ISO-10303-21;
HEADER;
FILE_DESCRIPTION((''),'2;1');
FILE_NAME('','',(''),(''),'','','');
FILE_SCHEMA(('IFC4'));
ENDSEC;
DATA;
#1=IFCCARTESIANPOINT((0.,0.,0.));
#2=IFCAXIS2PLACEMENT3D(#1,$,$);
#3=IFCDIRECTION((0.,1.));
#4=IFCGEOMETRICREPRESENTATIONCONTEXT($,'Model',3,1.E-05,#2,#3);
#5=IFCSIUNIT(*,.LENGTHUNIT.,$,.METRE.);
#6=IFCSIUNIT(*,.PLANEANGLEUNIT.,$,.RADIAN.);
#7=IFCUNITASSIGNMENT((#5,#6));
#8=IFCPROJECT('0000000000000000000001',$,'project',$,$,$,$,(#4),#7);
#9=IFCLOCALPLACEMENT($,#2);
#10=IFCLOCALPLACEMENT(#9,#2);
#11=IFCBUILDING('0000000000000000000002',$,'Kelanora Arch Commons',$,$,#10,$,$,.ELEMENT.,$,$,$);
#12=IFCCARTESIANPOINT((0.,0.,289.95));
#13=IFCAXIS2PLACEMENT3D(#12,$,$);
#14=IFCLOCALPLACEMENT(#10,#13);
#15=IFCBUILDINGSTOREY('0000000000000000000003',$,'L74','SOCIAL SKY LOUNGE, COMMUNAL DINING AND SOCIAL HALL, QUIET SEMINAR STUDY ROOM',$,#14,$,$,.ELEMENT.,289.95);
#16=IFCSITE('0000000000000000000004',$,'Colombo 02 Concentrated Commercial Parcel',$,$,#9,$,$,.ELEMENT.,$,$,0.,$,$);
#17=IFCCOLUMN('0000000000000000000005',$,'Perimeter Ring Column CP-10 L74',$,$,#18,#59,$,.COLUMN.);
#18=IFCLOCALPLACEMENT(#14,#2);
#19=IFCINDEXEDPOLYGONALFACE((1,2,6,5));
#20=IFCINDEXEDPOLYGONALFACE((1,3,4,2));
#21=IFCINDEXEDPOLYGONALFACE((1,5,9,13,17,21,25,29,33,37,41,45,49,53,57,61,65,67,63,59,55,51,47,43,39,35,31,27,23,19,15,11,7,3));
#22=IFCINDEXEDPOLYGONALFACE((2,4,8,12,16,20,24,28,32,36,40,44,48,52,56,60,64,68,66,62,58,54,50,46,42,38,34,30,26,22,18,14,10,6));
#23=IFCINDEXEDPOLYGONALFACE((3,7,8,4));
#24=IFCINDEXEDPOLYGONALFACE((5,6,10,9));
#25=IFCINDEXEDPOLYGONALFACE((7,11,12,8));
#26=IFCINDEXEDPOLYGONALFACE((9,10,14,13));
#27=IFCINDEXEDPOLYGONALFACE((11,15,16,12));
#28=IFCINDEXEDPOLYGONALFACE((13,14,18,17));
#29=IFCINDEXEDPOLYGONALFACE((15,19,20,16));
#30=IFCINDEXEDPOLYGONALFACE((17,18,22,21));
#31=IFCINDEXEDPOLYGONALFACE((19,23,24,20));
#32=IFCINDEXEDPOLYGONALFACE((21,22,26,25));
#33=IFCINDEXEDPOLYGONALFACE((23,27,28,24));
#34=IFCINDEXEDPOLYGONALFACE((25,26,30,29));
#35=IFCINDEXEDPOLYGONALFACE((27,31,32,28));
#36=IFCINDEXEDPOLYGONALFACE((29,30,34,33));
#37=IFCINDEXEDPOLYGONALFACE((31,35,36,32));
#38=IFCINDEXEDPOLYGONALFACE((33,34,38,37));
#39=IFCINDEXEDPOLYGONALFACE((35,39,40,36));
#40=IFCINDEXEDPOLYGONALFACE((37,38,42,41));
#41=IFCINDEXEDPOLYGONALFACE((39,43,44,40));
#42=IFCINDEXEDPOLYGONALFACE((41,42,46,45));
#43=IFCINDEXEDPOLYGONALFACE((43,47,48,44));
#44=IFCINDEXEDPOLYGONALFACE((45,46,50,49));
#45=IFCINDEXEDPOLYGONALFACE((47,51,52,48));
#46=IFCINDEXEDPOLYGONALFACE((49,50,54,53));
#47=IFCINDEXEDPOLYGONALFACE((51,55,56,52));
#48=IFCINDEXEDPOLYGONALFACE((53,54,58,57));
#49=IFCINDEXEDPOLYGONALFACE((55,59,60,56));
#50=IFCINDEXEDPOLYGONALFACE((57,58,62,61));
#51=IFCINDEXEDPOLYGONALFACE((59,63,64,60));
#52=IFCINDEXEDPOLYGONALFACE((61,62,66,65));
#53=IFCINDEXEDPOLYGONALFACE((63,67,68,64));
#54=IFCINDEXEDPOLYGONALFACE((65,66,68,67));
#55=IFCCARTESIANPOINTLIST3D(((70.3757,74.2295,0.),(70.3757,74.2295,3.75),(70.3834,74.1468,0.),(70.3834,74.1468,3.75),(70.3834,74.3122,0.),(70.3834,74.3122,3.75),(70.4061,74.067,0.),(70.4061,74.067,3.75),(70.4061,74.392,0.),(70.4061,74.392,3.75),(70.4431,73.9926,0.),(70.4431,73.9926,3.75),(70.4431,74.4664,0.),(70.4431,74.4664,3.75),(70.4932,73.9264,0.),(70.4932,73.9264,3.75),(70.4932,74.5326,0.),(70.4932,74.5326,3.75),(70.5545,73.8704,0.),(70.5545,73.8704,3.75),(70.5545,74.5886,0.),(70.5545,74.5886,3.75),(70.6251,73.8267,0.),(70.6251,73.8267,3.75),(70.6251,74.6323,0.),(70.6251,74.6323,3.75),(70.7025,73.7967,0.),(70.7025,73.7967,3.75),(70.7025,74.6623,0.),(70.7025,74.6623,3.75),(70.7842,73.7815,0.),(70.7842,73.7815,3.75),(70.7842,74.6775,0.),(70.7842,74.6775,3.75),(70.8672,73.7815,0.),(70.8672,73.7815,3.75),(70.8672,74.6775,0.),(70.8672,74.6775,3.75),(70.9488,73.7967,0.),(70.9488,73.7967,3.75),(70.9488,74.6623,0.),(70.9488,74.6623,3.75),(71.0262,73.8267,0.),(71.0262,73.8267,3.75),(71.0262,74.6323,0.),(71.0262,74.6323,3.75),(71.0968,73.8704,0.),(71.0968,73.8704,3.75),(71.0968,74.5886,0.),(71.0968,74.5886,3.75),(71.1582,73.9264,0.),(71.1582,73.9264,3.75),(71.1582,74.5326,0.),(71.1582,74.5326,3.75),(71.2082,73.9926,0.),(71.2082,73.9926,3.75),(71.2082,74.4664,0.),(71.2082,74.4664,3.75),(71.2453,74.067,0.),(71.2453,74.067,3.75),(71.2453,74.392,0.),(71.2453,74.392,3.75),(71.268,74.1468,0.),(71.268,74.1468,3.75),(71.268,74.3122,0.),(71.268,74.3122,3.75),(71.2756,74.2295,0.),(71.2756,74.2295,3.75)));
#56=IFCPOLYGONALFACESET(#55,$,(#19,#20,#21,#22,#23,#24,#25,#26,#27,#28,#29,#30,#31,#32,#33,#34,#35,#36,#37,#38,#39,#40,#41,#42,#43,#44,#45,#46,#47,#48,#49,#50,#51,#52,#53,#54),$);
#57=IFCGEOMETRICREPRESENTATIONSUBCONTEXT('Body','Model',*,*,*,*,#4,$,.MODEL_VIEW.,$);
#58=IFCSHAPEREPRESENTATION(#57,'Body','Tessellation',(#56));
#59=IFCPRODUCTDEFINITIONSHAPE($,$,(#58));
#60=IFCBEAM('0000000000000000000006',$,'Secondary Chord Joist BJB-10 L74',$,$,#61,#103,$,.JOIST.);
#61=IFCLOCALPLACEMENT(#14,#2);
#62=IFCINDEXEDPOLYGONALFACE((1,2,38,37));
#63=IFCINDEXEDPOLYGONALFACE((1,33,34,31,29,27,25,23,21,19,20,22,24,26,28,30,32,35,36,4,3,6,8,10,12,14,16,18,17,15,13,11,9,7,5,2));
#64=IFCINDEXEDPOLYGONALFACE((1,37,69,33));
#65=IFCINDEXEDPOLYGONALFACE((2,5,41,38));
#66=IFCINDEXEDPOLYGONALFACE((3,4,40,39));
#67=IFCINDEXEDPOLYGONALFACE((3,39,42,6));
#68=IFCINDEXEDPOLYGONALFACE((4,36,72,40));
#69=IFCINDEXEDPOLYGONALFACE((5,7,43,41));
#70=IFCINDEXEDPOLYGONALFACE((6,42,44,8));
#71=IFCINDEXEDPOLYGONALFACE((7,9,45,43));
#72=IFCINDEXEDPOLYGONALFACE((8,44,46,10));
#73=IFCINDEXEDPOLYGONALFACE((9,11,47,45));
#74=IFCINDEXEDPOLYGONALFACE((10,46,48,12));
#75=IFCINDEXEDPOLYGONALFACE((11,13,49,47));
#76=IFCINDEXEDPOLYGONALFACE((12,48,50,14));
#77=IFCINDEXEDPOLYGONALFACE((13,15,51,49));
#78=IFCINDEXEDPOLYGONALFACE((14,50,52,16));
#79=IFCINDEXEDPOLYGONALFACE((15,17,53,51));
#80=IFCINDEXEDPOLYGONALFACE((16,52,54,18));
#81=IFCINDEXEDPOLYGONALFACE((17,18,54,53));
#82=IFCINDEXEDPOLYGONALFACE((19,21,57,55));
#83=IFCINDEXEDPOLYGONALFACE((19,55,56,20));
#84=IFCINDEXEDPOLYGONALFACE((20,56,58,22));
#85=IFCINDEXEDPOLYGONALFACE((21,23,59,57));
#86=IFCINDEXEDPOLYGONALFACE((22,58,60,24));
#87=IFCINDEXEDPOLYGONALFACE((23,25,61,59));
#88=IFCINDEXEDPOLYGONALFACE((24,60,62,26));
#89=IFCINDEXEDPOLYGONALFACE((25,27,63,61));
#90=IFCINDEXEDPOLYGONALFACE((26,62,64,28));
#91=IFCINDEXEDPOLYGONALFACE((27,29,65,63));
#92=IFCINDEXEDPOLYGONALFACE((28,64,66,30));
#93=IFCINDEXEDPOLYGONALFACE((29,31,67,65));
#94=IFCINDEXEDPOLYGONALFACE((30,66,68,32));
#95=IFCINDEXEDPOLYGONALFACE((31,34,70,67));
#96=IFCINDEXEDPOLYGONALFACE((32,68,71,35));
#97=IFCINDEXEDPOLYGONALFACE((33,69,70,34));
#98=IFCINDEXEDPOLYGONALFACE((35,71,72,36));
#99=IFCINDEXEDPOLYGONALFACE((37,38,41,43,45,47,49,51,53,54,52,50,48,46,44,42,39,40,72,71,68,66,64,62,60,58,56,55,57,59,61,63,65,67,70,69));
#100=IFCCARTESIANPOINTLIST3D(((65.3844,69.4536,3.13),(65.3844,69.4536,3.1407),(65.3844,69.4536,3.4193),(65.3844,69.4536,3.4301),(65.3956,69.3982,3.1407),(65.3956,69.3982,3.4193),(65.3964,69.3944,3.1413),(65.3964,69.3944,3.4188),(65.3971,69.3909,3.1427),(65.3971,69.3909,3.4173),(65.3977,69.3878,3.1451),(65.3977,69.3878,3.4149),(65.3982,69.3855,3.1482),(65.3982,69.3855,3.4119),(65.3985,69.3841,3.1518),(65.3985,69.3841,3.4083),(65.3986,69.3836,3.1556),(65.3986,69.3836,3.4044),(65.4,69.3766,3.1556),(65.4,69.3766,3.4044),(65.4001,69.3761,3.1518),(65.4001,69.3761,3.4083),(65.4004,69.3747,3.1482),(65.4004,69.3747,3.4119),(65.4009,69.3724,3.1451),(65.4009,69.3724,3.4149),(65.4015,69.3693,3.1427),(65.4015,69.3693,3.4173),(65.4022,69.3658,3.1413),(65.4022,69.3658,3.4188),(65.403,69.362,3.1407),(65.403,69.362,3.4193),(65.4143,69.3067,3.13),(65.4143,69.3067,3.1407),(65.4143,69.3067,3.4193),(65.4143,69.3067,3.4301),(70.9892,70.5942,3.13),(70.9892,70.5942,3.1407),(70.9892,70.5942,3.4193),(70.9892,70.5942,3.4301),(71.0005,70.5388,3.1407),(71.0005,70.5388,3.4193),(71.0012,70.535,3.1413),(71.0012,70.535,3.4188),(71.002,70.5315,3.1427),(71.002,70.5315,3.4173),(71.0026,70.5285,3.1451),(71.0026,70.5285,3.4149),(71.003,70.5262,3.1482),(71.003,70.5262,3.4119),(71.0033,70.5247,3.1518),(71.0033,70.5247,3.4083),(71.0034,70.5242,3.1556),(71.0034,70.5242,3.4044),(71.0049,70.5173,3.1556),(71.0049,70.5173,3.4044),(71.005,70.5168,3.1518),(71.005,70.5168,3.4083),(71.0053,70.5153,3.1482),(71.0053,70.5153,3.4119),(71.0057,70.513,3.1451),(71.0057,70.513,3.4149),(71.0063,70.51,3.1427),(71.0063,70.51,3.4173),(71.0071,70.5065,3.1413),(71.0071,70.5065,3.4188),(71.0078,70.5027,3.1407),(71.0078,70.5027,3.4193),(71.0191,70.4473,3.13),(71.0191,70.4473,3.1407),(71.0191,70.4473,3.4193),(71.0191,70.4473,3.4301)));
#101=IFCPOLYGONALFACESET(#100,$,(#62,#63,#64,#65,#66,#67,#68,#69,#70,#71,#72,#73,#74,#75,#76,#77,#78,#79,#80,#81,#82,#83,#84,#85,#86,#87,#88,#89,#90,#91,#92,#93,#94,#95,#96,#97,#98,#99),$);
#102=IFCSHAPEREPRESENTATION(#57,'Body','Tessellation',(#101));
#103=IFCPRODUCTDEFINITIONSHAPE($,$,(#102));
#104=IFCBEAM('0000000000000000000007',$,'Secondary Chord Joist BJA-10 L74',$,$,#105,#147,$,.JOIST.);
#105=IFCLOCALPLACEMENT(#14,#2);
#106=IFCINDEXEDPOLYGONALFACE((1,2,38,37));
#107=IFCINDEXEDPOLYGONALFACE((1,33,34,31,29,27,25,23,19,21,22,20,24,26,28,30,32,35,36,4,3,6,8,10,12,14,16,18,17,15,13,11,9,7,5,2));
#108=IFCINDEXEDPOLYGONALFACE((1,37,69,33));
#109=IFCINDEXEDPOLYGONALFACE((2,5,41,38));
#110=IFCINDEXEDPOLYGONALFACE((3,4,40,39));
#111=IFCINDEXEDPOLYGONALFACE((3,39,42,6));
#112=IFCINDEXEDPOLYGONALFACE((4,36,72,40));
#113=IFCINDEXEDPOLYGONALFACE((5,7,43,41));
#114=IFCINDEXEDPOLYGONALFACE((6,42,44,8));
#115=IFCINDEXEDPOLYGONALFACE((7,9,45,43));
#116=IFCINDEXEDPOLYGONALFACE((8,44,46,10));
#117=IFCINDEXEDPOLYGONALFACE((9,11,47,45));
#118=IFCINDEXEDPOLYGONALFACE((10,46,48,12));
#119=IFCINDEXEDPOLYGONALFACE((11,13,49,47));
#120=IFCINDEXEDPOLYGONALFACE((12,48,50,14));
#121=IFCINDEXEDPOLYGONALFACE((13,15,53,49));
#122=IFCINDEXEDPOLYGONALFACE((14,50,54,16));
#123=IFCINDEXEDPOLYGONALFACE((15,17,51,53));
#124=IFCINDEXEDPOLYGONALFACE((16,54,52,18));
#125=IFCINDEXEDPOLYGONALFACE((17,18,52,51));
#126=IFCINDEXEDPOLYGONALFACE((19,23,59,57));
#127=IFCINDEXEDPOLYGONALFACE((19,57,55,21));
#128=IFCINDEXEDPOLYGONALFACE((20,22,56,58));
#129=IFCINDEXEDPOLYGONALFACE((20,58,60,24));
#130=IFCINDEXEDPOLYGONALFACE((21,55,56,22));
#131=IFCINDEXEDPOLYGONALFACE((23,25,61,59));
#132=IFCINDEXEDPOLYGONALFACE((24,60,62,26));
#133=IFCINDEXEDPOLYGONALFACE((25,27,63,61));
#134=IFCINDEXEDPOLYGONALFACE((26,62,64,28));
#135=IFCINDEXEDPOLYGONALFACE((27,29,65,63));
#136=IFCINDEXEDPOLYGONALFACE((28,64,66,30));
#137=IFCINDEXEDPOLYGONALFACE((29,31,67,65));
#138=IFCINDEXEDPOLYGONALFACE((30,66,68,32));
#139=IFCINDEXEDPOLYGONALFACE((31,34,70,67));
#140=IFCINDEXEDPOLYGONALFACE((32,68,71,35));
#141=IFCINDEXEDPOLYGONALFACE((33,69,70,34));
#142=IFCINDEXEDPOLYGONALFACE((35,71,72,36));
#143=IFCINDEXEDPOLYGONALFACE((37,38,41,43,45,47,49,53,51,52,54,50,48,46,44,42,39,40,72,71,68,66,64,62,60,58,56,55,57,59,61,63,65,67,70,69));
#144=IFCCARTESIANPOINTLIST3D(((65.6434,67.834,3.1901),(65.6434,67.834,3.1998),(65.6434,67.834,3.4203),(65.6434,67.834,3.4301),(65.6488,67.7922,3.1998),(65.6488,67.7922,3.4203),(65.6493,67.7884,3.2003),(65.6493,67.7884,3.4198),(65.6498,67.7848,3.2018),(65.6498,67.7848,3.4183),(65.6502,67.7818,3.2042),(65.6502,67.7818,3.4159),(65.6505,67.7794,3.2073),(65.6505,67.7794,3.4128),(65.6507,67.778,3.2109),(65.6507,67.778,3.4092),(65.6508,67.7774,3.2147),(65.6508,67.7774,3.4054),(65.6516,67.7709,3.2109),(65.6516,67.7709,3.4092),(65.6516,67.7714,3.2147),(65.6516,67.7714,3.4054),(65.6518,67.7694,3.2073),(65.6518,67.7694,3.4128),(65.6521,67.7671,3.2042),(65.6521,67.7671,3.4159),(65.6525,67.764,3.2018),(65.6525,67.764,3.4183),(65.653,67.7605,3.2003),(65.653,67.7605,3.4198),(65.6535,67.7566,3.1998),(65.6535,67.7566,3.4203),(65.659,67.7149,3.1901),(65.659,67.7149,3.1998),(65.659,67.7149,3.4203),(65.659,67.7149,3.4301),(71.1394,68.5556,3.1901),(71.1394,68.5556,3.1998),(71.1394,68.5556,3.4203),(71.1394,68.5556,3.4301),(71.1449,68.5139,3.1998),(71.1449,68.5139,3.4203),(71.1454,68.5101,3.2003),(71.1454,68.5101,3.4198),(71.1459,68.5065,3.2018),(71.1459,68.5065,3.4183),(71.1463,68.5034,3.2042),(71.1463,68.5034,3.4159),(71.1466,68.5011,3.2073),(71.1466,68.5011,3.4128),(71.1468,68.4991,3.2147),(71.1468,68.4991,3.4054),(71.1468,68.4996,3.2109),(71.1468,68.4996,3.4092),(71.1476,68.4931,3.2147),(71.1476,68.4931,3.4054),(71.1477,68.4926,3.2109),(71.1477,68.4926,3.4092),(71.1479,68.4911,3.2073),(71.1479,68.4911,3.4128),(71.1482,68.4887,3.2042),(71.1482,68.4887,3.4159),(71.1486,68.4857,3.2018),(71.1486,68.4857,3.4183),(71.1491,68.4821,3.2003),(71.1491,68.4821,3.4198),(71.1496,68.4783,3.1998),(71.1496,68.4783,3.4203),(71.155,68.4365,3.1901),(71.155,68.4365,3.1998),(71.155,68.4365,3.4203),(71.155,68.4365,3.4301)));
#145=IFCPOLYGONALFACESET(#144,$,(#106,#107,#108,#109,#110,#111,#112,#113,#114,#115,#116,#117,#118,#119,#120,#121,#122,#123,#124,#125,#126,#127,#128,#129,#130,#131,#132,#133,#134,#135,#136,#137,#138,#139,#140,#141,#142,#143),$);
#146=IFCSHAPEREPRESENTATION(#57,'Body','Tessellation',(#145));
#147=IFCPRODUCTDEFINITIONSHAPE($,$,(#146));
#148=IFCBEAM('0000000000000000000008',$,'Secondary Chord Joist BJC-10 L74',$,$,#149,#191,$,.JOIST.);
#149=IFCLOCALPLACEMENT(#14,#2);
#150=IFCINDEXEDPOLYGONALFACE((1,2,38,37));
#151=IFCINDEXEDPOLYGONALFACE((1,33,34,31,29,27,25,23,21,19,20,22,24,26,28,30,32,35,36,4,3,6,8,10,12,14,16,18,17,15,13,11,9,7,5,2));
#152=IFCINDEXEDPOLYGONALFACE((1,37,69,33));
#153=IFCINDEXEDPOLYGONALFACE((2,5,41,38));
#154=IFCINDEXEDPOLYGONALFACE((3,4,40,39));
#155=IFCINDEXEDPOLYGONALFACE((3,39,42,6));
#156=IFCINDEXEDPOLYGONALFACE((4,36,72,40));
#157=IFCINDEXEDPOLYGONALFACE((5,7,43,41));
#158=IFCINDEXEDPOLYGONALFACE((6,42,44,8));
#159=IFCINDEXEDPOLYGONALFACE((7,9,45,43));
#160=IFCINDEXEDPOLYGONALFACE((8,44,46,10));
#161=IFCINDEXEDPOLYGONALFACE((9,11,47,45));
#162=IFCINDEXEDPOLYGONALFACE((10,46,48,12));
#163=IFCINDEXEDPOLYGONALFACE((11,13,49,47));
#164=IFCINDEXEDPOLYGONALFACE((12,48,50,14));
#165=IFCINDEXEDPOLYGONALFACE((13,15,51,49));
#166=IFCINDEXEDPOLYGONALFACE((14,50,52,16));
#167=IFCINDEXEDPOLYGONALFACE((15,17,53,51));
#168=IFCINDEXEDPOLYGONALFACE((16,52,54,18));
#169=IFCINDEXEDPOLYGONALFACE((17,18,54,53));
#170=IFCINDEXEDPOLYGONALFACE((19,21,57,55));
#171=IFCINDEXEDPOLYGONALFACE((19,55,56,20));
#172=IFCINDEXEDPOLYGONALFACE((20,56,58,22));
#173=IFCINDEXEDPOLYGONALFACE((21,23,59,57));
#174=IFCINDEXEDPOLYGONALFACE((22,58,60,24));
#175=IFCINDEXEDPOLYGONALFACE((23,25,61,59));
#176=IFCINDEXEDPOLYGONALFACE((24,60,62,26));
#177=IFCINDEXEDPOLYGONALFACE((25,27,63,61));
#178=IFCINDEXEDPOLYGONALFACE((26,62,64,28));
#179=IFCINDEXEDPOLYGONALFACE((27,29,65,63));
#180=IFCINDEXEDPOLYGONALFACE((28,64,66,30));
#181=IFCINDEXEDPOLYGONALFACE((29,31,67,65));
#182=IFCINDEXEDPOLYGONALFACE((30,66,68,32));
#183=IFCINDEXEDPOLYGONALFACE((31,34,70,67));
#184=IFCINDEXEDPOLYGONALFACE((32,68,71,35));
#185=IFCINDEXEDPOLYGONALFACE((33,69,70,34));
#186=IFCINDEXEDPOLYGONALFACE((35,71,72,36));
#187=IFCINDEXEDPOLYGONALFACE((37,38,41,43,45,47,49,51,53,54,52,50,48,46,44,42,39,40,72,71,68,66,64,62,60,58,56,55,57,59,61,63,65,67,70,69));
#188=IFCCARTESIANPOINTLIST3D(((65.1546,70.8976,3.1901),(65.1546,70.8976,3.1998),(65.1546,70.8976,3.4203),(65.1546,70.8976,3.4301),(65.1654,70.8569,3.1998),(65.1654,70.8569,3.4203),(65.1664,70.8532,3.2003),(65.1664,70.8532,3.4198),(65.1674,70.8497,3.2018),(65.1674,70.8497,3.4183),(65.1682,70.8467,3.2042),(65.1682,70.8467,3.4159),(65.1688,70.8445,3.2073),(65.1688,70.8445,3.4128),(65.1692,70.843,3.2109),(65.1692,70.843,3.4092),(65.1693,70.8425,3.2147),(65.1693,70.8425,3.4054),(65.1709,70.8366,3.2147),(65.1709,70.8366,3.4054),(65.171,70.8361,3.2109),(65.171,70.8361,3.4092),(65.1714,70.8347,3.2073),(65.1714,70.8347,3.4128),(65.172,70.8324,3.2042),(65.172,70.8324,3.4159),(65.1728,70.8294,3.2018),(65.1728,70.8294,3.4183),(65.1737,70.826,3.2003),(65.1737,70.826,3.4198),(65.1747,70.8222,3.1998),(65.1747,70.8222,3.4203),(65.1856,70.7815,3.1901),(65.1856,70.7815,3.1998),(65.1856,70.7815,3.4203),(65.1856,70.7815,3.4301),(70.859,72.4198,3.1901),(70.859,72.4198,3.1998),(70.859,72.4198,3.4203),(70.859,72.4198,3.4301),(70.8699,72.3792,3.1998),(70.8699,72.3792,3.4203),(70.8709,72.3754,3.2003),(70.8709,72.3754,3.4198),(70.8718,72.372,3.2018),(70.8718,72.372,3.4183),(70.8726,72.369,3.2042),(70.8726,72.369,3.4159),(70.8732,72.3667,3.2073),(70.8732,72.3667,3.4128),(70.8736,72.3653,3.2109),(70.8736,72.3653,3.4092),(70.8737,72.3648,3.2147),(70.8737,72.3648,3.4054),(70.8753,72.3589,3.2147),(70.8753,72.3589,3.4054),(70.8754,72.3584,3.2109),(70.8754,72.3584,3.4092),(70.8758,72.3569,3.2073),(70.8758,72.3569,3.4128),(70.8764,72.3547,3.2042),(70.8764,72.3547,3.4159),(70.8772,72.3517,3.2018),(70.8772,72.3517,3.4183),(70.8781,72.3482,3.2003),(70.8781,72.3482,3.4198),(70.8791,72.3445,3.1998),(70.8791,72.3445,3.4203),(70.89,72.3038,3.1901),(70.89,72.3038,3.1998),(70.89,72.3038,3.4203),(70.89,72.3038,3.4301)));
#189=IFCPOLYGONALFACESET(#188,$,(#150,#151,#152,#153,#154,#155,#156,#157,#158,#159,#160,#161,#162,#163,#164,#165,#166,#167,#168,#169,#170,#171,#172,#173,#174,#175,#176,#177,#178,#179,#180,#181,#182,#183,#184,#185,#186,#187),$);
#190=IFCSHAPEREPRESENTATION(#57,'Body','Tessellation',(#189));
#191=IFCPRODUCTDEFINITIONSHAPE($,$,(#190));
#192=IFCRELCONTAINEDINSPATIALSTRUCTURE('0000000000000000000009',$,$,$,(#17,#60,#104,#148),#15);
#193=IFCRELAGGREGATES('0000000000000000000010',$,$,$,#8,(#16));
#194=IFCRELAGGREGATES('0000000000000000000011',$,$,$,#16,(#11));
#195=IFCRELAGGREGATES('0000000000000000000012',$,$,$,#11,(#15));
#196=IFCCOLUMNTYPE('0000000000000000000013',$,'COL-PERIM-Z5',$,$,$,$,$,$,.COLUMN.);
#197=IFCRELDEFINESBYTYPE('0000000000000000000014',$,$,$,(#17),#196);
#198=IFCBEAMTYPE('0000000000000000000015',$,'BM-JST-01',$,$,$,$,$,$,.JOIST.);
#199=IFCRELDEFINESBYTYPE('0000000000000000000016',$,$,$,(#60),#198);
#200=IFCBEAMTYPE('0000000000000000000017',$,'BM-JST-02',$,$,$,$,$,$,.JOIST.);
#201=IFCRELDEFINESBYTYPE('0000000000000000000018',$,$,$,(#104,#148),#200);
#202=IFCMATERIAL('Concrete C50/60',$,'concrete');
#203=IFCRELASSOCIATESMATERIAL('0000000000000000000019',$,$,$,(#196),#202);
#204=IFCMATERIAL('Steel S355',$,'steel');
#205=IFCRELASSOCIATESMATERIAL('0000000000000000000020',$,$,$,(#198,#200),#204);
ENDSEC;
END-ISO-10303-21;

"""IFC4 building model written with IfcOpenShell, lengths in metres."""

from ifc_helpers import new_model, si_unit, direction, frame, origin, origin_2d, place, context, subcontext, project, spatial, circle, i_section, extrude, material, material_profile, profile_set, type_object, element, save


model = new_model("IFC4")

# Units and contexts
model_context = context("Model", 3, precision=1e-05, world=origin(), true_north=direction((0.0, 1.0)))
body_context = subcontext(model_context, "Body", "Model", "MODEL_VIEW")
ifc_project = project(units=[si_unit("LENGTHUNIT", "METRE"), si_unit("PLANEANGLEUNIT", "RADIAN")], contexts=[model_context])

# Site, building, storey
site_placement = place(None, origin())
site = spatial("IfcSite", under=ifc_project, at=site_placement, Name="Colombo 02 Concentrated Commercial Parcel", CompositionType="ELEMENT", RefElevation=0.0)
building_placement = place(site_placement, origin())
building = spatial("IfcBuilding", under=site, at=building_placement, Name="Kelanora Arch Commons", CompositionType="ELEMENT")
storey_placement = place(building_placement, frame((0.0, 0.0, 289.95)))
storey = spatial("IfcBuildingStorey", under=building, at=storey_placement, Name="L74", Description="SOCIAL SKY LOUNGE, COMMUNAL DINING AND SOCIAL HALL, QUIET SEMINAR STUDY ROOM", CompositionType="ELEMENT", Elevation=289.95)

# Column
ifc_material_1 = material(Name="Concrete C50/60", Category="concrete")
ifc_material_profile_1 = material_profile(ifc_material_1, circle(Radius=0.45, at=origin_2d()), Name="RCC900")
ifc_profile_set_1 = profile_set([ifc_material_profile_1], Name="Concrete C50/60")
column_type = type_object("IfcColumnType", Name="COL-PERIM-Z5", PredefinedType="COLUMN", material=ifc_profile_set_1)
column_placement = place(storey_placement, frame((70.8257, 74.2295, 0.0), z_axis=(0.0, 0.0, 1.0), x_axis=(1.0, 0.0, 0.0)))
element("IfcColumn", 1, at=column_placement, inside=storey, type_object=column_type, Name="Perimeter Ring Column CP-10 L74", PredefinedType="COLUMN", context=body_context, shape_type="SweptSolid", body=[
    extrude(circle(Radius=0.45, at=origin_2d()), origin(), (0.0, 0.0, 1.0), 3.75),
])

# Beams
ifc_material_2 = material(Name="Steel S355", Category="steel")
ifc_material_profile_2 = material_profile(ifc_material_2, i_section(OverallWidth=0.1499, OverallDepth=0.3, WebThickness=0.0071, FlangeThickness=0.0107, FilletRadius=0.0149, at=origin_2d()), Name="IPE300")
ifc_profile_set_2 = profile_set([ifc_material_profile_2], Name="Steel S355")
beam_type_1 = type_object("IfcBeamType", Name="BM-JST-01", PredefinedType="JOIST", material=ifc_profile_set_2)
beam_1_placement = place(storey_placement, frame((71.0042, 70.5208, 3.28), z_axis=(-0.979913, -0.199423, 0.0), x_axis=(0.199423, -0.979913, 0.0)))
element("IfcBeam", 2, at=beam_1_placement, inside=storey, type_object=beam_type_1, Name="Secondary Chord Joist BJB-10 L74", PredefinedType="JOIST", context=body_context, shape_type="SweptSolid", body=[
    extrude(i_section(OverallWidth=0.1499, OverallDepth=0.3, WebThickness=0.0071, FlangeThickness=0.0107, FilletRadius=0.0149, at=origin_2d()), origin(), (0.0, 0.0, 1.0), 5.7197),
])
ifc_material_profile_3 = material_profile(ifc_material_2, i_section(OverallWidth=0.1201, OverallDepth=0.24, WebThickness=0.0061, FlangeThickness=0.0098, FilletRadius=0.0149, at=origin_2d()), Name="IPE240")
ifc_profile_set_3 = profile_set([ifc_material_profile_3], Name="Steel S355")
beam_type_2 = type_object("IfcBeamType", Name="BM-JST-02", PredefinedType="JOIST", material=ifc_profile_set_3)
beam_2_placement = place(storey_placement, frame((71.1472, 68.4961, 3.3101), z_axis=(-0.991489, -0.13019, 0.0), x_axis=(0.13019, -0.991489, 0.0)))
element("IfcBeam", 3, at=beam_2_placement, inside=storey, type_object=beam_type_2, Name="Secondary Chord Joist BJA-10 L74", PredefinedType="JOIST", context=body_context, shape_type="SweptSolid", body=[
    extrude(i_section(OverallWidth=0.1201, OverallDepth=0.24, WebThickness=0.0061, FlangeThickness=0.0098, FilletRadius=0.0149, at=origin_2d()), origin(), (0.0, 0.0, 1.0), 5.5432),
])
beam_3_placement = place(storey_placement, frame((70.8745, 72.3618, 3.3101), z_axis=(-0.96619, -0.25783, 0.0), x_axis=(0.25783, -0.96619, 0.0)))
element("IfcBeam", 4, at=beam_3_placement, inside=storey, type_object=beam_type_2, Name="Secondary Chord Joist BJC-10 L74", PredefinedType="JOIST", context=body_context, shape_type="SweptSolid", body=[
    extrude(i_section(OverallWidth=0.1201, OverallDepth=0.24, WebThickness=0.0061, FlangeThickness=0.0098, FilletRadius=0.0149, at=origin_2d()), origin(), (0.0, 0.0, 1.0), 5.9041),
])

save(model, "model.ifc")
